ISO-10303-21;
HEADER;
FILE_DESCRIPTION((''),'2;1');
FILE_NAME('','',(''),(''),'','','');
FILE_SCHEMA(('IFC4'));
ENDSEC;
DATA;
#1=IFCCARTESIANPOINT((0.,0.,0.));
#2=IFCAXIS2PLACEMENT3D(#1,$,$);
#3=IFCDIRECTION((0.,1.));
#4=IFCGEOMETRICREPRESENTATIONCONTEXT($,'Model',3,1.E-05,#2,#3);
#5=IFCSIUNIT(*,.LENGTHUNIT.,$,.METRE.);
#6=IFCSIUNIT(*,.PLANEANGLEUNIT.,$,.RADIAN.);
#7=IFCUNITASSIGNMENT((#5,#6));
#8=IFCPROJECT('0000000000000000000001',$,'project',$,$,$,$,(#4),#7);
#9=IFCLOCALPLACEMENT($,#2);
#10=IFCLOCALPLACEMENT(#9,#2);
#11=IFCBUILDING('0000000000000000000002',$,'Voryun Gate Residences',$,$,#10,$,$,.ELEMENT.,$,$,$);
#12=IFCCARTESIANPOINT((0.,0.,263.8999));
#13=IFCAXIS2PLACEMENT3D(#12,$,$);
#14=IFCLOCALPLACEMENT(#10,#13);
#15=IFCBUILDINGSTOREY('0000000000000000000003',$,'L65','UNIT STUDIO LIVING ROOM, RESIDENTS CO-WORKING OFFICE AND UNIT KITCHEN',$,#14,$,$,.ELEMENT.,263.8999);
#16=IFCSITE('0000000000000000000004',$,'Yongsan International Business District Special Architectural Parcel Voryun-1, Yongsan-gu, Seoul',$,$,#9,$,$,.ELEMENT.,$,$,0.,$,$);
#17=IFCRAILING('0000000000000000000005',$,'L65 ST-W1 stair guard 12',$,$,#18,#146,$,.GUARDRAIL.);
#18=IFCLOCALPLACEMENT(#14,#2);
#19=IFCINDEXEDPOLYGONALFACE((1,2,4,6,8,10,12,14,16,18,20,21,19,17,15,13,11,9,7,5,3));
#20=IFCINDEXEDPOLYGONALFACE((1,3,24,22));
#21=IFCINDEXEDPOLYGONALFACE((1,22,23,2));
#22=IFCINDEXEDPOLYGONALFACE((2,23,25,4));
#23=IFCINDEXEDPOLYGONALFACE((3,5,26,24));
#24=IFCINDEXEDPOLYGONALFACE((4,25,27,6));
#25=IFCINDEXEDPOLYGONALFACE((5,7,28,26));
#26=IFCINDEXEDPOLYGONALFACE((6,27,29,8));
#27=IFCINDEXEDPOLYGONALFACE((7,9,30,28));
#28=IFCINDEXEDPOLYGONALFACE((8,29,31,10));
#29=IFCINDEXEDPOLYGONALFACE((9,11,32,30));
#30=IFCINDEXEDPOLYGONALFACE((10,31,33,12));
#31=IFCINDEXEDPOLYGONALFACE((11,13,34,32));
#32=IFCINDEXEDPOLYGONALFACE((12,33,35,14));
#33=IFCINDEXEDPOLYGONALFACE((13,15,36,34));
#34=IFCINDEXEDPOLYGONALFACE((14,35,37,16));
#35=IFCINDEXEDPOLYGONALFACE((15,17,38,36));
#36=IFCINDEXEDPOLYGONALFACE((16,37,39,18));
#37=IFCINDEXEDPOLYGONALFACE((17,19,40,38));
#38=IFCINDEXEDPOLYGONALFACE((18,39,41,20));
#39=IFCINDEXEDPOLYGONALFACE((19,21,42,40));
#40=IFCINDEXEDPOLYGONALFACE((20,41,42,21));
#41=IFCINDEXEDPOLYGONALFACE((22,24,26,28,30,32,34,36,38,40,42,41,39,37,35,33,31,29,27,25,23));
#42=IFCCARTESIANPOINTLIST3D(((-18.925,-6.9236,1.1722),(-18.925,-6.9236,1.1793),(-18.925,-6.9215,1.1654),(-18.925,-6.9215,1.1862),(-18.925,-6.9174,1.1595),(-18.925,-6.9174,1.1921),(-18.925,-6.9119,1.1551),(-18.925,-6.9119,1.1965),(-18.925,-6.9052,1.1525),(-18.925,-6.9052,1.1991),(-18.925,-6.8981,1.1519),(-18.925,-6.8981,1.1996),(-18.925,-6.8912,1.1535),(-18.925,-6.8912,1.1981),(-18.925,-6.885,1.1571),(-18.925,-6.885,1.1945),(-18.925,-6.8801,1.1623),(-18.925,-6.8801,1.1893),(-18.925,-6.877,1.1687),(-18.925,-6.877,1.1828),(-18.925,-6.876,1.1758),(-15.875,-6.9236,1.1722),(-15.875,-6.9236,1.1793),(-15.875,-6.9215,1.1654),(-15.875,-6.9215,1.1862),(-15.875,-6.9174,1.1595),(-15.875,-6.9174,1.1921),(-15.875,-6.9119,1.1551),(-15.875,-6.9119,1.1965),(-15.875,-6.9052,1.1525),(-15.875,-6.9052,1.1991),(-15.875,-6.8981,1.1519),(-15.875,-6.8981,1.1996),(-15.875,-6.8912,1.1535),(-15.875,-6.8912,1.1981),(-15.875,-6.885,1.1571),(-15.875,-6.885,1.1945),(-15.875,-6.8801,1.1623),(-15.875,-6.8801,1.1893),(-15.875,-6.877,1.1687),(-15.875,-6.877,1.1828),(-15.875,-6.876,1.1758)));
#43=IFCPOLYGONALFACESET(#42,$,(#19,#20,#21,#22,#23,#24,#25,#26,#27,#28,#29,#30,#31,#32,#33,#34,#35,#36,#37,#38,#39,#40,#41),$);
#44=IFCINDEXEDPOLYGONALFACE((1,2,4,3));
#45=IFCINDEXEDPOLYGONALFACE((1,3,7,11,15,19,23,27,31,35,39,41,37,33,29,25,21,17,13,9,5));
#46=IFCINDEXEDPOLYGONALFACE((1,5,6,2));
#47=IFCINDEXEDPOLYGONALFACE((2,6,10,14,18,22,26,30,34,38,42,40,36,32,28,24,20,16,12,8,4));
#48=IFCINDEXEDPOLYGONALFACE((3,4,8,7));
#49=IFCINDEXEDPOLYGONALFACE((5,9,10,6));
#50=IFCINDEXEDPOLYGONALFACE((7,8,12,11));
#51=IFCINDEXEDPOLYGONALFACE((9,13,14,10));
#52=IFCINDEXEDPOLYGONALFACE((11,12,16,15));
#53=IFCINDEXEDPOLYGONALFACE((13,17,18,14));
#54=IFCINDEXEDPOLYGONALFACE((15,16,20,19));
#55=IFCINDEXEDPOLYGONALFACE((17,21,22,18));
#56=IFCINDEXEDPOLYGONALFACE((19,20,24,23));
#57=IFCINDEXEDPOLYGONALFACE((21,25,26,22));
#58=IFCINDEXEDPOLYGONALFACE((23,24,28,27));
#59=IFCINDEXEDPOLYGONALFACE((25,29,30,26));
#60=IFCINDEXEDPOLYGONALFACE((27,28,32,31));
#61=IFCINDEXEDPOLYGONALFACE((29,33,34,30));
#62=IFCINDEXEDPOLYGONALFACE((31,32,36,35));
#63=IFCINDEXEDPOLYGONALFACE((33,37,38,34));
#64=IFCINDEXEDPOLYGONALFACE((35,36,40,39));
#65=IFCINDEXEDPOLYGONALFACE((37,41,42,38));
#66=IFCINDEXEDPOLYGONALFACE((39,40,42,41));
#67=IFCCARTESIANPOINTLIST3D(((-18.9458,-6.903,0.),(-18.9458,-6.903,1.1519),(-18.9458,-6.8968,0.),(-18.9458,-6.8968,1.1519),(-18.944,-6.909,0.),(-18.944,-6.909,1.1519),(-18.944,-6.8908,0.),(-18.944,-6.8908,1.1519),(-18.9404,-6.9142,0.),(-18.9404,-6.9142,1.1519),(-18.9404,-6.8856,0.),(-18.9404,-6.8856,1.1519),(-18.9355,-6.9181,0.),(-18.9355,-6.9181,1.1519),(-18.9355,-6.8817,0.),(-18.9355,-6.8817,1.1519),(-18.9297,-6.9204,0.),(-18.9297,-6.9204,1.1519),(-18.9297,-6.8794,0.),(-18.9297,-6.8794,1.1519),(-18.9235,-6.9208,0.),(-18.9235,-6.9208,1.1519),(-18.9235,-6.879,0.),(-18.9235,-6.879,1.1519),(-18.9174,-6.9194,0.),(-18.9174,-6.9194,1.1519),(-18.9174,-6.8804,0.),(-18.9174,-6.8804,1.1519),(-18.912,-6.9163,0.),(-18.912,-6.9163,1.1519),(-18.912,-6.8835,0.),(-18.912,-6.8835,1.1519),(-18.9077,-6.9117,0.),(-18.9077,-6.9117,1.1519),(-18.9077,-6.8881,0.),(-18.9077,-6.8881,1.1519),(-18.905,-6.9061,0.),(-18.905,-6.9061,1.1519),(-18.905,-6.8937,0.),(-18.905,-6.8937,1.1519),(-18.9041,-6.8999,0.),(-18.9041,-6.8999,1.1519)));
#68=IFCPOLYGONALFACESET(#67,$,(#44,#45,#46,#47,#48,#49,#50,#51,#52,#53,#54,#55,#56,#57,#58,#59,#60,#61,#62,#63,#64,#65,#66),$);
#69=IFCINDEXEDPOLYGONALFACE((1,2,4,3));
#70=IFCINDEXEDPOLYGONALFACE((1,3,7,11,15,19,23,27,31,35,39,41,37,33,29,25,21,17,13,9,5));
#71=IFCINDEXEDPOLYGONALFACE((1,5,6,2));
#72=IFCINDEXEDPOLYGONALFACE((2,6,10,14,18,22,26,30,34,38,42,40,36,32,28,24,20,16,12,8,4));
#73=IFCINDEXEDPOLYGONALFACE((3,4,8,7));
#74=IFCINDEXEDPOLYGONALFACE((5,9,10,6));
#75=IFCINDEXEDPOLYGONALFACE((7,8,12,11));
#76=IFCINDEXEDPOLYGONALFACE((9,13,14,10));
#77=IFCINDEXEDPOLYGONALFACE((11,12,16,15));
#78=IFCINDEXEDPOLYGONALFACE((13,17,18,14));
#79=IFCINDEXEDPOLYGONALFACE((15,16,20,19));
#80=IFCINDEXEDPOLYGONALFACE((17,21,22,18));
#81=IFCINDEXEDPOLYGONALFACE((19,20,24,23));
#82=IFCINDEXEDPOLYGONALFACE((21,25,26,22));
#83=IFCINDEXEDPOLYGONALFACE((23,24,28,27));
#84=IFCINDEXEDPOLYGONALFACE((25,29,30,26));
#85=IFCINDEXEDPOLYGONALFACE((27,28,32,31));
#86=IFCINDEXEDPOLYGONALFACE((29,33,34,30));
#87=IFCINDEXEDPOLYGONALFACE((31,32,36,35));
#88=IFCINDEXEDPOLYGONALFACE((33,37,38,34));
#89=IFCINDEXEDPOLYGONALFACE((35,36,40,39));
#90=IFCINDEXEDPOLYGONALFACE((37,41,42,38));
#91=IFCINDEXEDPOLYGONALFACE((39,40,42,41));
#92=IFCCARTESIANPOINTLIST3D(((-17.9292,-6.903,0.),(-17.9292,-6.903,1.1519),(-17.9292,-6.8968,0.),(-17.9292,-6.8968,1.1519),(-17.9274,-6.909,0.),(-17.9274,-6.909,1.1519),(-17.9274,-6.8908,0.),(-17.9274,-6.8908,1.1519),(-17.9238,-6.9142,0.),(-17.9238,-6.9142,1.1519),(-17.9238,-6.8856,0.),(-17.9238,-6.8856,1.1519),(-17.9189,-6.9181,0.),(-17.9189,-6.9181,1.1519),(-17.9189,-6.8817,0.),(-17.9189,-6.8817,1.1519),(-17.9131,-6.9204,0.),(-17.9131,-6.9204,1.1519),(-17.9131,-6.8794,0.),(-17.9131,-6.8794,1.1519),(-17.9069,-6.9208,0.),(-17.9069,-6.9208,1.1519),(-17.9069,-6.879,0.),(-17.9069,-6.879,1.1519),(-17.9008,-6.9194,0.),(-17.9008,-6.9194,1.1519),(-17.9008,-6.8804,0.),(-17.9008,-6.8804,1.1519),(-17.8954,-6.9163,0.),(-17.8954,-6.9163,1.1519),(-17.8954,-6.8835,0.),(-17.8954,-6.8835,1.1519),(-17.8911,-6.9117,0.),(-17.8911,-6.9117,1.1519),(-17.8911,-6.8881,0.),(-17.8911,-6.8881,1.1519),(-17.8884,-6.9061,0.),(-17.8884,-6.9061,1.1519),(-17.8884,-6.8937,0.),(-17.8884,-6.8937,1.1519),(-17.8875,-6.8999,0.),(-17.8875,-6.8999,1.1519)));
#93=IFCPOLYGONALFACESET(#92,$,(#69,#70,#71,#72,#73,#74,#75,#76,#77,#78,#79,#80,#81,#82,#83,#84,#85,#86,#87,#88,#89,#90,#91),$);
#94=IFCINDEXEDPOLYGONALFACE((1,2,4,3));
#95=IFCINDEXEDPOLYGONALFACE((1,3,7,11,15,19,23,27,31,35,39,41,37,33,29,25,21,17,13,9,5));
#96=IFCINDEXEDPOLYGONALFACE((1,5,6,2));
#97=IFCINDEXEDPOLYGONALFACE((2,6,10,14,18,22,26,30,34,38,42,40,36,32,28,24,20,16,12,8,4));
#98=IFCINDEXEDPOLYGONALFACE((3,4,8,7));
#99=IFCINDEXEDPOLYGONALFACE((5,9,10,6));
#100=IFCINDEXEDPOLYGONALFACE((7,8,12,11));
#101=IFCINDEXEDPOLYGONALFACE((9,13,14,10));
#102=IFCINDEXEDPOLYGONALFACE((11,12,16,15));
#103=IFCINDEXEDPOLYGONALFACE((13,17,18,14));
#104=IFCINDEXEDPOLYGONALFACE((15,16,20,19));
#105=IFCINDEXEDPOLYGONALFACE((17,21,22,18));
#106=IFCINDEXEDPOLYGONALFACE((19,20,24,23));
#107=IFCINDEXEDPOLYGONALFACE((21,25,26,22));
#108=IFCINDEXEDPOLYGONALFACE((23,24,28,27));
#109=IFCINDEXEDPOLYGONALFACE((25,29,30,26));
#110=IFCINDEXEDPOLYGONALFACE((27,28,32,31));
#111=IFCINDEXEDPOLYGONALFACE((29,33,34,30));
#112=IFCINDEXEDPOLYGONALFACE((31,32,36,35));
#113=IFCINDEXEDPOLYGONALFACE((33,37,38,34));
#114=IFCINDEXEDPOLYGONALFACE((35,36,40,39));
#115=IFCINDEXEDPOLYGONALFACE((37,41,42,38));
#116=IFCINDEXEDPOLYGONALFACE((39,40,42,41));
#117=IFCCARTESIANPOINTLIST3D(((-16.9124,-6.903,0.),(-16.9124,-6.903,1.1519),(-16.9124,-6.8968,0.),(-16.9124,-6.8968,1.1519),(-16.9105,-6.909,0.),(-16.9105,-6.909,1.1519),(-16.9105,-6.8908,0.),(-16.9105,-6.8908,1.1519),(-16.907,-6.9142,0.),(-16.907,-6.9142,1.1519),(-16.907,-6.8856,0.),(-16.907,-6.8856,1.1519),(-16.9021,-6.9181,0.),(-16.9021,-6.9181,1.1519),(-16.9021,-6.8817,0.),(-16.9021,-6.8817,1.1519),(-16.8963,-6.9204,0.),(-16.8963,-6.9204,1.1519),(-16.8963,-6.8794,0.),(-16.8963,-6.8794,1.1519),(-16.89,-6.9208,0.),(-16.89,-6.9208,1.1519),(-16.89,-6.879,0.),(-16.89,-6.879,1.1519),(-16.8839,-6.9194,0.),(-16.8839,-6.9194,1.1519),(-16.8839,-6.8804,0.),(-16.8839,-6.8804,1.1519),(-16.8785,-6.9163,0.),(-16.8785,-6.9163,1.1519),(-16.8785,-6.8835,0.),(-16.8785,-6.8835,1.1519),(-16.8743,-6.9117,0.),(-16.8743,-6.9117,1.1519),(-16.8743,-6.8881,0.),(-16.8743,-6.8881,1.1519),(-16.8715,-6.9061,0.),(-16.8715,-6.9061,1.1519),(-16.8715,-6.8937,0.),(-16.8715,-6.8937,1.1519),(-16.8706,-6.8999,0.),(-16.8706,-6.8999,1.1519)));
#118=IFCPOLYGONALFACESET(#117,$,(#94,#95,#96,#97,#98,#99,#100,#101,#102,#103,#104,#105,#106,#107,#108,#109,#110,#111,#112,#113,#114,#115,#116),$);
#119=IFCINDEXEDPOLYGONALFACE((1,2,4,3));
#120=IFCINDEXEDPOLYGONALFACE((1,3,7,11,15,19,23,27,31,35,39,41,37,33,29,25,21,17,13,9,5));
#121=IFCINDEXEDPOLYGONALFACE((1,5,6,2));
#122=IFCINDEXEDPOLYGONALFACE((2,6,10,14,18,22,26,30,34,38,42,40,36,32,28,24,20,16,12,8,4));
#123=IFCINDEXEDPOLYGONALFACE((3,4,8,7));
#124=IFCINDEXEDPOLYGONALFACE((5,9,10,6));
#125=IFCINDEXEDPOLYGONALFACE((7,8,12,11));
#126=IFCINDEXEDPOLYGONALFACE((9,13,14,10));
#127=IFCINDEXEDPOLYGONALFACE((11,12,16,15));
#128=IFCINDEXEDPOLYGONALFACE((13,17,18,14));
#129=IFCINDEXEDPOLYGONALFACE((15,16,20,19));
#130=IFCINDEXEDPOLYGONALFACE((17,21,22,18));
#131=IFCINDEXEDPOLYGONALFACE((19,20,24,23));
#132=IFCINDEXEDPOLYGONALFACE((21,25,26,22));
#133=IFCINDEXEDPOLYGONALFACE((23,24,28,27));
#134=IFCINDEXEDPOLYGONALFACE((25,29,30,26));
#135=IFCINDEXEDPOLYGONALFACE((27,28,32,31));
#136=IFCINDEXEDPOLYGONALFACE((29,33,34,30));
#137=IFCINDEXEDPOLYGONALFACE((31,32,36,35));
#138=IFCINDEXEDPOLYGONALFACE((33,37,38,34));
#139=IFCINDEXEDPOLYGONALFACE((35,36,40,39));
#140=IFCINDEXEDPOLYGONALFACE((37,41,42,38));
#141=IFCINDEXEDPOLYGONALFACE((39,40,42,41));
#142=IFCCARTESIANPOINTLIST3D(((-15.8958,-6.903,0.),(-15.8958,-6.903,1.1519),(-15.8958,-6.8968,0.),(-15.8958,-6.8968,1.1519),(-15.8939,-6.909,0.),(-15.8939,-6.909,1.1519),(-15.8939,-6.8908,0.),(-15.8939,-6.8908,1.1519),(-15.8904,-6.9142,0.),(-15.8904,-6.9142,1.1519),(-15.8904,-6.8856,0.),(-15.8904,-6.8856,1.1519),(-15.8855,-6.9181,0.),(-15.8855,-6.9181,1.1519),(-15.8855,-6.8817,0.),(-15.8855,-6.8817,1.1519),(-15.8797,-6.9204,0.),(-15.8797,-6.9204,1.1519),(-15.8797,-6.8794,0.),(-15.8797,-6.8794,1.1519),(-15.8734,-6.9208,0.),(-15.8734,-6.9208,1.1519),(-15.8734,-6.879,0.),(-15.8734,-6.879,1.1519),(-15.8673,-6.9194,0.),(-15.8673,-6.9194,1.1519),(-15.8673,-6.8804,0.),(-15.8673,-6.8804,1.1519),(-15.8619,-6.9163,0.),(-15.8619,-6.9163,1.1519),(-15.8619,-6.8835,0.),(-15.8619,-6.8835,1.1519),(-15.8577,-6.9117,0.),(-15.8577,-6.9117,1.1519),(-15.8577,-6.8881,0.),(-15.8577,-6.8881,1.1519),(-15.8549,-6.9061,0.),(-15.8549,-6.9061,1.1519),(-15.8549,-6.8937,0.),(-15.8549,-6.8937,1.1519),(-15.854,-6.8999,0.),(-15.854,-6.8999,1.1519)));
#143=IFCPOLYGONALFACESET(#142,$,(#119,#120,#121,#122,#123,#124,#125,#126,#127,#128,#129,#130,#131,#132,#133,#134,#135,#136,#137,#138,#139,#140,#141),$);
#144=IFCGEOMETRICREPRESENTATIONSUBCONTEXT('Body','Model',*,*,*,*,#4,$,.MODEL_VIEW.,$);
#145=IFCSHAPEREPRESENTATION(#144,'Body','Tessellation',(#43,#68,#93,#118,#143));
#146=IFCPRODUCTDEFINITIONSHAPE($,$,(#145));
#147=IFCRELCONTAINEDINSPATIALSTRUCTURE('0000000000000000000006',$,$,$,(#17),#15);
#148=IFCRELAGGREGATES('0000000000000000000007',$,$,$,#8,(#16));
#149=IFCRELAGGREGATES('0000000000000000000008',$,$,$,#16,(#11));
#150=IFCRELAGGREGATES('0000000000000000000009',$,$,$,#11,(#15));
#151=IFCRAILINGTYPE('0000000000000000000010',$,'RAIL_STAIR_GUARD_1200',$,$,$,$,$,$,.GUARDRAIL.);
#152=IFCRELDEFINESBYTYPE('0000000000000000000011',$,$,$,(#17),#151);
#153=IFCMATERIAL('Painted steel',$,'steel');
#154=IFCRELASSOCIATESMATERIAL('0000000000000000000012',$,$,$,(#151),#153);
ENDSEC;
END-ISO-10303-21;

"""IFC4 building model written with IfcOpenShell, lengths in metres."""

from ifc_helpers import new_model, si_unit, direction, frame, origin, origin_2d, place, context, subcontext, project, spatial, circle, extrude, material, type_object, element, save


model = new_model("IFC4")

# Units and contexts
model_context = context("Model", 3, precision=1e-05, world=origin(), true_north=direction((0.0, 1.0)))
body_context = subcontext(model_context, "Body", "Model", "MODEL_VIEW")
ifc_project = project(units=[si_unit("LENGTHUNIT", "METRE"), si_unit("PLANEANGLEUNIT", "RADIAN")], contexts=[model_context])

# Site, building, storey
site_placement = place(None, origin())
site = spatial("IfcSite", under=ifc_project, at=site_placement, Name="Yongsan International Business District Special Architectural Parcel Voryun-1, Yongsan-gu, Seoul", CompositionType="ELEMENT", RefElevation=0.0)
building_placement = place(site_placement, origin())
building = spatial("IfcBuilding", under=site, at=building_placement, Name="Voryun Gate Residences", CompositionType="ELEMENT")
storey_placement = place(building_placement, frame((0.0, 0.0, 263.8999)))
storey = spatial("IfcBuildingStorey", under=building, at=storey_placement, Name="L65", Description="UNIT STUDIO LIVING ROOM, RESIDENTS CO-WORKING OFFICE AND UNIT KITCHEN", CompositionType="ELEMENT", Elevation=263.8999)

# Railing
ifc_material_1 = material(Name="Painted steel", Category="steel")
railing_type_1 = type_object("IfcRailingType", Name="RAIL_STAIR_GUARD_1200", PredefinedType="GUARDRAIL", material=ifc_material_1)
railing_1_placement = place(storey_placement, frame((-18.925, -6.8999, 0.0)))
element("IfcRailing", 1, at=railing_1_placement, inside=storey, type_object=railing_type_1, Name="L65 ST-W1 stair guard 12", PredefinedType="GUARDRAIL", context=body_context, shape_type="SweptSolid", body=[
    extrude(circle(Radius=0.0239, at=origin_2d()), frame((0.0, 0.0, 1.1758), z_axis=(1.0, 0.0, 0.0), x_axis=(0.0, 1.0, 0.0)), (0.0, 0.0, 1.0), 3.05),
    extrude(circle(Radius=0.021, at=origin_2d()), origin(), (0.0, 0.0, 1.0), 1.1519),
    extrude(circle(Radius=0.021, at=origin_2d()), frame((1.0166, 0.0, 0.0)), (0.0, 0.0, 1.0), 1.1519),
    extrude(circle(Radius=0.021, at=origin_2d()), frame((2.0334, 0.0, 0.0)), (0.0, 0.0, 1.0), 1.1519),
    extrude(circle(Radius=0.021, at=origin_2d()), frame((3.05, 0.0, 0.0)), (0.0, 0.0, 1.0), 1.1519),
])

save(model, "model.ifc")
